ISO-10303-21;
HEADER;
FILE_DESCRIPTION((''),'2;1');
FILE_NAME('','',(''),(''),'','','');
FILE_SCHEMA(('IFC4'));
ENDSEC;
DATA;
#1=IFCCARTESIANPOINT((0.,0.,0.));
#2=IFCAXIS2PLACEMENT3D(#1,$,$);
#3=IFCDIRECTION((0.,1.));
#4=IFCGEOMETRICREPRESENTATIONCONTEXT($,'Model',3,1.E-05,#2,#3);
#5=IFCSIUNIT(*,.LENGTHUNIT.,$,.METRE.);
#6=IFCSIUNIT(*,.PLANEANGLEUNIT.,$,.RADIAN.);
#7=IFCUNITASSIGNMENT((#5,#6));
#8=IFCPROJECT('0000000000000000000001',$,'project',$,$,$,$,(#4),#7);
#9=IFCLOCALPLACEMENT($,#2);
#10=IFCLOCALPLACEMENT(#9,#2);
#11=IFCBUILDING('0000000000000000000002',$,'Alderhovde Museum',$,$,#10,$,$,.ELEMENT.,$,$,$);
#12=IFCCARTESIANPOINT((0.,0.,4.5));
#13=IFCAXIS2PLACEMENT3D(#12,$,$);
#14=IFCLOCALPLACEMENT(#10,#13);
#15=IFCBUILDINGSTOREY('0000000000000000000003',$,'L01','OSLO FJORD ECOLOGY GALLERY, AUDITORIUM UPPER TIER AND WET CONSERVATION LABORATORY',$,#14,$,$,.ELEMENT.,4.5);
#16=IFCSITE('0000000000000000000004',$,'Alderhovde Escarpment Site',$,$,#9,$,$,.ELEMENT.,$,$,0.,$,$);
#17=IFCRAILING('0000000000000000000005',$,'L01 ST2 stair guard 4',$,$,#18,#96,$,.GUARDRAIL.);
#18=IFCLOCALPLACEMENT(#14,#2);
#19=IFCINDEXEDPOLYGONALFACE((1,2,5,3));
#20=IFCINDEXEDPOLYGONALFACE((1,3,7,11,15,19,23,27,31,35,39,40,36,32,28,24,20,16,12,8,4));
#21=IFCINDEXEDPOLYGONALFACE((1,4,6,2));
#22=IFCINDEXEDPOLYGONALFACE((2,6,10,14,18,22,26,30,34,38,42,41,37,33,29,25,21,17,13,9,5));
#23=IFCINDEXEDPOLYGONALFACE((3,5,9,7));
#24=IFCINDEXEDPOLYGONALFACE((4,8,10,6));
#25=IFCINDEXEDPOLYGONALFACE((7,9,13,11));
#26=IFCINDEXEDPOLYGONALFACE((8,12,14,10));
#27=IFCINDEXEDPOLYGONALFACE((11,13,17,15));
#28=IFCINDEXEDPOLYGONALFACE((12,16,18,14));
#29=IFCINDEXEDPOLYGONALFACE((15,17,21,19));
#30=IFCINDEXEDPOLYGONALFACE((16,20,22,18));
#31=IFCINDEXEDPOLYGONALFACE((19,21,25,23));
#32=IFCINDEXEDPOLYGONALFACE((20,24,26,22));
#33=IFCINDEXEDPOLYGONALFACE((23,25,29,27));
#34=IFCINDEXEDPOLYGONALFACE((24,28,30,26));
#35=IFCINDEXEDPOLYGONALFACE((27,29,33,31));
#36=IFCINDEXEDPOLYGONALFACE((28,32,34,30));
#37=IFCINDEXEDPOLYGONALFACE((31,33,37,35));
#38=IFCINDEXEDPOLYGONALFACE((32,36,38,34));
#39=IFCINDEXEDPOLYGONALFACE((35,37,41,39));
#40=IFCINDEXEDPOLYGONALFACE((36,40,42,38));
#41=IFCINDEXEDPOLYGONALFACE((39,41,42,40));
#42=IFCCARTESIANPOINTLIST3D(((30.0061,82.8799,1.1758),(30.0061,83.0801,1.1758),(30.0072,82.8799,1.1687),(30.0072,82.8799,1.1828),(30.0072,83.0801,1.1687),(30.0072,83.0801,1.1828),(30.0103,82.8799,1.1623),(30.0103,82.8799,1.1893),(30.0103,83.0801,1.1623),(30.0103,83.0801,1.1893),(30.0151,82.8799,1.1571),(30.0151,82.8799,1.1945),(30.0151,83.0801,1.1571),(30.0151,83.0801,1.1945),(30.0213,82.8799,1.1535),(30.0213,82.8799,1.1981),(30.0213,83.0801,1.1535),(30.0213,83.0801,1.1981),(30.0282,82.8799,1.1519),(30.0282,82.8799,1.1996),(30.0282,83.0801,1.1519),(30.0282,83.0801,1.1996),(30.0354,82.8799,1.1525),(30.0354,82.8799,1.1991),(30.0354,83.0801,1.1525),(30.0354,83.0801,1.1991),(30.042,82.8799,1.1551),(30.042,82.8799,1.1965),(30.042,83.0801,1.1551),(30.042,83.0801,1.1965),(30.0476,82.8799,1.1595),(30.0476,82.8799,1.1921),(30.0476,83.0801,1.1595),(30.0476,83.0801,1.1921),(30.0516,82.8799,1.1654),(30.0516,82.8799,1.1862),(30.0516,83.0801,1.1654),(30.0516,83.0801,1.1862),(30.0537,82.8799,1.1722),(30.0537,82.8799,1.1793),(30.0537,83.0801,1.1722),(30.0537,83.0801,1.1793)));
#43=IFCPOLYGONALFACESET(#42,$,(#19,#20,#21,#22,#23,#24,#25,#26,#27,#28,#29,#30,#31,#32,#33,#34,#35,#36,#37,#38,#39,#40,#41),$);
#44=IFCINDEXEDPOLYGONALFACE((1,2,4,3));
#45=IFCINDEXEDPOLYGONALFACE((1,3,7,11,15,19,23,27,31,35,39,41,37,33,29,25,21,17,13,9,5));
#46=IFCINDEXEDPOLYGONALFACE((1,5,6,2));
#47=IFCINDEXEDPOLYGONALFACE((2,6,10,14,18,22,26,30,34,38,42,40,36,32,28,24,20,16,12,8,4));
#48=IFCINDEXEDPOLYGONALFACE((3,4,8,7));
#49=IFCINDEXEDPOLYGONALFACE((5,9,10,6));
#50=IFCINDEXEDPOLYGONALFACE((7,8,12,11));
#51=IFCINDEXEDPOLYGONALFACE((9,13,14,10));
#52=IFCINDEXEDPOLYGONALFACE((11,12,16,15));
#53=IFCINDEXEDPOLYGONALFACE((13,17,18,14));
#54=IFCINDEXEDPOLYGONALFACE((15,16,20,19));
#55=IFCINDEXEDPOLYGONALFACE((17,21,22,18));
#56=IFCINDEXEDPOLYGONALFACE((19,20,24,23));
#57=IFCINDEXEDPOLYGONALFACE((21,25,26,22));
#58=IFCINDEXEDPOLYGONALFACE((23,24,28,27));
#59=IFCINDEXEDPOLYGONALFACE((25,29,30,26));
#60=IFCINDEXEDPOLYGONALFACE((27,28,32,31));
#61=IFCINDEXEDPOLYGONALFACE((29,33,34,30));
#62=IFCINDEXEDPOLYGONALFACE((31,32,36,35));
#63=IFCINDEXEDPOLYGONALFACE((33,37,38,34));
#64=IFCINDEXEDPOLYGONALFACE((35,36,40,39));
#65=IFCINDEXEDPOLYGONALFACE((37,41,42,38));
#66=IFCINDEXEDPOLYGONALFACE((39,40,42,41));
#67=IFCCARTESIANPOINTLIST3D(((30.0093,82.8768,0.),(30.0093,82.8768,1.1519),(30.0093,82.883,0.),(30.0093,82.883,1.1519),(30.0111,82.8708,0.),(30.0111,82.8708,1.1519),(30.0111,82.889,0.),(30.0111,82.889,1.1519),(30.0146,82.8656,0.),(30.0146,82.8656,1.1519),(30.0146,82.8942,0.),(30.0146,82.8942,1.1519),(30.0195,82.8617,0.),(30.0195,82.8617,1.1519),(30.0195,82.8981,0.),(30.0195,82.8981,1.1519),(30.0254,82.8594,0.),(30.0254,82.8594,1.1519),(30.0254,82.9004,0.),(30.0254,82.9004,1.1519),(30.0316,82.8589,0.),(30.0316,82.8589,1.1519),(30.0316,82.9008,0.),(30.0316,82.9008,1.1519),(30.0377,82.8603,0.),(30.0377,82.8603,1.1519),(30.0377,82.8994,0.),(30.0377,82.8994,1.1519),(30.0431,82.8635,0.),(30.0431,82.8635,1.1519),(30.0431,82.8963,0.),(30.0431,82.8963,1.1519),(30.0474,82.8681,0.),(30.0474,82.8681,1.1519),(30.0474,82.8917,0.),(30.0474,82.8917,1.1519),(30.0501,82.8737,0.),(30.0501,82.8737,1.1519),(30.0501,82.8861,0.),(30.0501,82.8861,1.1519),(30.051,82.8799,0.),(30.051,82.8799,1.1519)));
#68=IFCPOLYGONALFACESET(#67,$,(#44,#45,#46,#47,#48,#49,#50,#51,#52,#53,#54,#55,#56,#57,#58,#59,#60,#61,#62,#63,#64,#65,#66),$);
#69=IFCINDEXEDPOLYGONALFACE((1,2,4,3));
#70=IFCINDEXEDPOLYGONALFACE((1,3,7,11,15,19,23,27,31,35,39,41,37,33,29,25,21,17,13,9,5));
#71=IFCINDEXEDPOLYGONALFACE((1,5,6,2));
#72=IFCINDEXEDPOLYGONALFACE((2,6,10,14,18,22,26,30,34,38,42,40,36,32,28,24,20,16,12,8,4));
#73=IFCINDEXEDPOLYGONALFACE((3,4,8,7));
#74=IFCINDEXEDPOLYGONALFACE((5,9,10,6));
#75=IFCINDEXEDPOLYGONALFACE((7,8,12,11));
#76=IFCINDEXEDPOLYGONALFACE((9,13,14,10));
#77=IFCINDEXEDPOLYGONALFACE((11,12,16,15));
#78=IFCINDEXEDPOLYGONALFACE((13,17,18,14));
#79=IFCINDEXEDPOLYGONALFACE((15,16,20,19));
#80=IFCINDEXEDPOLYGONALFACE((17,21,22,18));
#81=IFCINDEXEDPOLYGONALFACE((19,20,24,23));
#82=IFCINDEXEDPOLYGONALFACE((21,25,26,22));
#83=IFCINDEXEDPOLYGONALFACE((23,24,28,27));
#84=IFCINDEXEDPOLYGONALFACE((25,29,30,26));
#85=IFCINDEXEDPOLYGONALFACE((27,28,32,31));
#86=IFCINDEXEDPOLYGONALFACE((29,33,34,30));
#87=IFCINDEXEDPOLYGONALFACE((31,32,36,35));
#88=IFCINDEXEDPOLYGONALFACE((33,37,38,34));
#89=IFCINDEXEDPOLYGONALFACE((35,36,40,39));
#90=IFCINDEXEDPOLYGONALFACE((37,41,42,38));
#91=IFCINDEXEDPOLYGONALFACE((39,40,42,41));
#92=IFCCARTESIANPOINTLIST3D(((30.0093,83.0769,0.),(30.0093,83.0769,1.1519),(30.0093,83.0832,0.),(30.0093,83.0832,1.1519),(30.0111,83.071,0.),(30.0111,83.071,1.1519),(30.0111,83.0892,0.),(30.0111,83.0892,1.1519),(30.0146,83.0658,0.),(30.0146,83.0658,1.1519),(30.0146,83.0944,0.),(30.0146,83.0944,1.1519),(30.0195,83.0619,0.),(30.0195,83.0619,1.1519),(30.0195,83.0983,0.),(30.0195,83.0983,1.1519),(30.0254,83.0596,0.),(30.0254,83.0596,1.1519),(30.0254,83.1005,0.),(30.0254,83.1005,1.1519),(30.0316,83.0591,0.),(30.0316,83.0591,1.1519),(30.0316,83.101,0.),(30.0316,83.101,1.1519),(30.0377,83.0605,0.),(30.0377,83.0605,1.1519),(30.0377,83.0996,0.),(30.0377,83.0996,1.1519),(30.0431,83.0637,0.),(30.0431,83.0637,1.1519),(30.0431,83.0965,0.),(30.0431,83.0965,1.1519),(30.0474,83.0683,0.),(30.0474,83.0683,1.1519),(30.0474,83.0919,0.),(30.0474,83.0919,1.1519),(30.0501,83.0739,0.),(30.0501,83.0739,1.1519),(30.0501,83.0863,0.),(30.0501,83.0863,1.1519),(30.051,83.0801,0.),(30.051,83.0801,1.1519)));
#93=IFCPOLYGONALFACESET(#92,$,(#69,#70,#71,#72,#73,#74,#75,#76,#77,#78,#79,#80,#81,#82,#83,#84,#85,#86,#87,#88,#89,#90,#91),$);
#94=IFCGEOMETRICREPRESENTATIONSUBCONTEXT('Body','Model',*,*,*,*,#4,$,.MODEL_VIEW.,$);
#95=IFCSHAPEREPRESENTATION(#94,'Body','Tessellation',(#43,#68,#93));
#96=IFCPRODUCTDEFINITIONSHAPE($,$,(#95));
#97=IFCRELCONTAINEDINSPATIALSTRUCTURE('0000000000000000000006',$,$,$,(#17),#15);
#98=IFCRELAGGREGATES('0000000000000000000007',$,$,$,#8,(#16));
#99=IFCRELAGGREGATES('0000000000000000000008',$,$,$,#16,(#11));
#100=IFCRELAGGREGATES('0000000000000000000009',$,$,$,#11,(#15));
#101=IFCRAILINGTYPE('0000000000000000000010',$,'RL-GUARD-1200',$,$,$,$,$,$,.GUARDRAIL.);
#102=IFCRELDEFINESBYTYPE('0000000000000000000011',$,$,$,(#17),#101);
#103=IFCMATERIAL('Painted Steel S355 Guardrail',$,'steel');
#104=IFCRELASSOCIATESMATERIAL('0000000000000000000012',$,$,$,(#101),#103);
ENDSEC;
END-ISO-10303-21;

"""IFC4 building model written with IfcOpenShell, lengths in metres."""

from ifc_helpers import new_model, si_unit, direction, frame, origin, origin_2d, place, context, subcontext, project, spatial, circle, extrude, material, type_object, element, save


model = new_model("IFC4")

# Units and contexts
model_context = context("Model", 3, precision=1e-05, world=origin(), true_north=direction((0.0, 1.0)))
body_context = subcontext(model_context, "Body", "Model", "MODEL_VIEW")
ifc_project = project(units=[si_unit("LENGTHUNIT", "METRE"), si_unit("PLANEANGLEUNIT", "RADIAN")], contexts=[model_context])

# Site, building, storey
site_placement = place(None, origin())
site = spatial("IfcSite", under=ifc_project, at=site_placement, Name="Alderhovde Escarpment Site", CompositionType="ELEMENT", RefElevation=0.0)
building_placement = place(site_placement, origin())
building = spatial("IfcBuilding", under=site, at=building_placement, Name="Alderhovde Museum", CompositionType="ELEMENT")
storey_placement = place(building_placement, frame((0.0, 0.0, 4.5)))
storey = spatial("IfcBuildingStorey", under=building, at=storey_placement, Name="L01", Description="OSLO FJORD ECOLOGY GALLERY, AUDITORIUM UPPER TIER AND WET CONSERVATION LABORATORY", CompositionType="ELEMENT", Elevation=4.5)

# Railing
ifc_material_1 = material(Name="Painted Steel S355 Guardrail", Category="steel")
railing_type_1 = type_object("IfcRailingType", Name="RL-GUARD-1200", PredefinedType="GUARDRAIL", material=ifc_material_1)
railing_1_placement = place(storey_placement, frame((30.03, 82.8799, 0.0)))
element("IfcRailing", 1, at=railing_1_placement, inside=storey, type_object=railing_type_1, Name="L01 ST2 stair guard 4", PredefinedType="GUARDRAIL", context=body_context, shape_type="SweptSolid", body=[
    extrude(circle(Radius=0.0239, at=origin_2d()), frame((0.0, 0.0, 1.1758), z_axis=(0.0, 1.0, 0.0), x_axis=(-1.0, 0.0, 0.0)), (0.0, 0.0, 1.0), 0.2002),
    extrude(circle(Radius=0.021, at=origin_2d()), origin(), (0.0, 0.0, 1.0), 1.1519),
    extrude(circle(Radius=0.021, at=origin_2d()), frame((0.0, 0.2002, 0.0)), (0.0, 0.0, 1.0), 1.1519),
])

save(model, "model.ifc")
